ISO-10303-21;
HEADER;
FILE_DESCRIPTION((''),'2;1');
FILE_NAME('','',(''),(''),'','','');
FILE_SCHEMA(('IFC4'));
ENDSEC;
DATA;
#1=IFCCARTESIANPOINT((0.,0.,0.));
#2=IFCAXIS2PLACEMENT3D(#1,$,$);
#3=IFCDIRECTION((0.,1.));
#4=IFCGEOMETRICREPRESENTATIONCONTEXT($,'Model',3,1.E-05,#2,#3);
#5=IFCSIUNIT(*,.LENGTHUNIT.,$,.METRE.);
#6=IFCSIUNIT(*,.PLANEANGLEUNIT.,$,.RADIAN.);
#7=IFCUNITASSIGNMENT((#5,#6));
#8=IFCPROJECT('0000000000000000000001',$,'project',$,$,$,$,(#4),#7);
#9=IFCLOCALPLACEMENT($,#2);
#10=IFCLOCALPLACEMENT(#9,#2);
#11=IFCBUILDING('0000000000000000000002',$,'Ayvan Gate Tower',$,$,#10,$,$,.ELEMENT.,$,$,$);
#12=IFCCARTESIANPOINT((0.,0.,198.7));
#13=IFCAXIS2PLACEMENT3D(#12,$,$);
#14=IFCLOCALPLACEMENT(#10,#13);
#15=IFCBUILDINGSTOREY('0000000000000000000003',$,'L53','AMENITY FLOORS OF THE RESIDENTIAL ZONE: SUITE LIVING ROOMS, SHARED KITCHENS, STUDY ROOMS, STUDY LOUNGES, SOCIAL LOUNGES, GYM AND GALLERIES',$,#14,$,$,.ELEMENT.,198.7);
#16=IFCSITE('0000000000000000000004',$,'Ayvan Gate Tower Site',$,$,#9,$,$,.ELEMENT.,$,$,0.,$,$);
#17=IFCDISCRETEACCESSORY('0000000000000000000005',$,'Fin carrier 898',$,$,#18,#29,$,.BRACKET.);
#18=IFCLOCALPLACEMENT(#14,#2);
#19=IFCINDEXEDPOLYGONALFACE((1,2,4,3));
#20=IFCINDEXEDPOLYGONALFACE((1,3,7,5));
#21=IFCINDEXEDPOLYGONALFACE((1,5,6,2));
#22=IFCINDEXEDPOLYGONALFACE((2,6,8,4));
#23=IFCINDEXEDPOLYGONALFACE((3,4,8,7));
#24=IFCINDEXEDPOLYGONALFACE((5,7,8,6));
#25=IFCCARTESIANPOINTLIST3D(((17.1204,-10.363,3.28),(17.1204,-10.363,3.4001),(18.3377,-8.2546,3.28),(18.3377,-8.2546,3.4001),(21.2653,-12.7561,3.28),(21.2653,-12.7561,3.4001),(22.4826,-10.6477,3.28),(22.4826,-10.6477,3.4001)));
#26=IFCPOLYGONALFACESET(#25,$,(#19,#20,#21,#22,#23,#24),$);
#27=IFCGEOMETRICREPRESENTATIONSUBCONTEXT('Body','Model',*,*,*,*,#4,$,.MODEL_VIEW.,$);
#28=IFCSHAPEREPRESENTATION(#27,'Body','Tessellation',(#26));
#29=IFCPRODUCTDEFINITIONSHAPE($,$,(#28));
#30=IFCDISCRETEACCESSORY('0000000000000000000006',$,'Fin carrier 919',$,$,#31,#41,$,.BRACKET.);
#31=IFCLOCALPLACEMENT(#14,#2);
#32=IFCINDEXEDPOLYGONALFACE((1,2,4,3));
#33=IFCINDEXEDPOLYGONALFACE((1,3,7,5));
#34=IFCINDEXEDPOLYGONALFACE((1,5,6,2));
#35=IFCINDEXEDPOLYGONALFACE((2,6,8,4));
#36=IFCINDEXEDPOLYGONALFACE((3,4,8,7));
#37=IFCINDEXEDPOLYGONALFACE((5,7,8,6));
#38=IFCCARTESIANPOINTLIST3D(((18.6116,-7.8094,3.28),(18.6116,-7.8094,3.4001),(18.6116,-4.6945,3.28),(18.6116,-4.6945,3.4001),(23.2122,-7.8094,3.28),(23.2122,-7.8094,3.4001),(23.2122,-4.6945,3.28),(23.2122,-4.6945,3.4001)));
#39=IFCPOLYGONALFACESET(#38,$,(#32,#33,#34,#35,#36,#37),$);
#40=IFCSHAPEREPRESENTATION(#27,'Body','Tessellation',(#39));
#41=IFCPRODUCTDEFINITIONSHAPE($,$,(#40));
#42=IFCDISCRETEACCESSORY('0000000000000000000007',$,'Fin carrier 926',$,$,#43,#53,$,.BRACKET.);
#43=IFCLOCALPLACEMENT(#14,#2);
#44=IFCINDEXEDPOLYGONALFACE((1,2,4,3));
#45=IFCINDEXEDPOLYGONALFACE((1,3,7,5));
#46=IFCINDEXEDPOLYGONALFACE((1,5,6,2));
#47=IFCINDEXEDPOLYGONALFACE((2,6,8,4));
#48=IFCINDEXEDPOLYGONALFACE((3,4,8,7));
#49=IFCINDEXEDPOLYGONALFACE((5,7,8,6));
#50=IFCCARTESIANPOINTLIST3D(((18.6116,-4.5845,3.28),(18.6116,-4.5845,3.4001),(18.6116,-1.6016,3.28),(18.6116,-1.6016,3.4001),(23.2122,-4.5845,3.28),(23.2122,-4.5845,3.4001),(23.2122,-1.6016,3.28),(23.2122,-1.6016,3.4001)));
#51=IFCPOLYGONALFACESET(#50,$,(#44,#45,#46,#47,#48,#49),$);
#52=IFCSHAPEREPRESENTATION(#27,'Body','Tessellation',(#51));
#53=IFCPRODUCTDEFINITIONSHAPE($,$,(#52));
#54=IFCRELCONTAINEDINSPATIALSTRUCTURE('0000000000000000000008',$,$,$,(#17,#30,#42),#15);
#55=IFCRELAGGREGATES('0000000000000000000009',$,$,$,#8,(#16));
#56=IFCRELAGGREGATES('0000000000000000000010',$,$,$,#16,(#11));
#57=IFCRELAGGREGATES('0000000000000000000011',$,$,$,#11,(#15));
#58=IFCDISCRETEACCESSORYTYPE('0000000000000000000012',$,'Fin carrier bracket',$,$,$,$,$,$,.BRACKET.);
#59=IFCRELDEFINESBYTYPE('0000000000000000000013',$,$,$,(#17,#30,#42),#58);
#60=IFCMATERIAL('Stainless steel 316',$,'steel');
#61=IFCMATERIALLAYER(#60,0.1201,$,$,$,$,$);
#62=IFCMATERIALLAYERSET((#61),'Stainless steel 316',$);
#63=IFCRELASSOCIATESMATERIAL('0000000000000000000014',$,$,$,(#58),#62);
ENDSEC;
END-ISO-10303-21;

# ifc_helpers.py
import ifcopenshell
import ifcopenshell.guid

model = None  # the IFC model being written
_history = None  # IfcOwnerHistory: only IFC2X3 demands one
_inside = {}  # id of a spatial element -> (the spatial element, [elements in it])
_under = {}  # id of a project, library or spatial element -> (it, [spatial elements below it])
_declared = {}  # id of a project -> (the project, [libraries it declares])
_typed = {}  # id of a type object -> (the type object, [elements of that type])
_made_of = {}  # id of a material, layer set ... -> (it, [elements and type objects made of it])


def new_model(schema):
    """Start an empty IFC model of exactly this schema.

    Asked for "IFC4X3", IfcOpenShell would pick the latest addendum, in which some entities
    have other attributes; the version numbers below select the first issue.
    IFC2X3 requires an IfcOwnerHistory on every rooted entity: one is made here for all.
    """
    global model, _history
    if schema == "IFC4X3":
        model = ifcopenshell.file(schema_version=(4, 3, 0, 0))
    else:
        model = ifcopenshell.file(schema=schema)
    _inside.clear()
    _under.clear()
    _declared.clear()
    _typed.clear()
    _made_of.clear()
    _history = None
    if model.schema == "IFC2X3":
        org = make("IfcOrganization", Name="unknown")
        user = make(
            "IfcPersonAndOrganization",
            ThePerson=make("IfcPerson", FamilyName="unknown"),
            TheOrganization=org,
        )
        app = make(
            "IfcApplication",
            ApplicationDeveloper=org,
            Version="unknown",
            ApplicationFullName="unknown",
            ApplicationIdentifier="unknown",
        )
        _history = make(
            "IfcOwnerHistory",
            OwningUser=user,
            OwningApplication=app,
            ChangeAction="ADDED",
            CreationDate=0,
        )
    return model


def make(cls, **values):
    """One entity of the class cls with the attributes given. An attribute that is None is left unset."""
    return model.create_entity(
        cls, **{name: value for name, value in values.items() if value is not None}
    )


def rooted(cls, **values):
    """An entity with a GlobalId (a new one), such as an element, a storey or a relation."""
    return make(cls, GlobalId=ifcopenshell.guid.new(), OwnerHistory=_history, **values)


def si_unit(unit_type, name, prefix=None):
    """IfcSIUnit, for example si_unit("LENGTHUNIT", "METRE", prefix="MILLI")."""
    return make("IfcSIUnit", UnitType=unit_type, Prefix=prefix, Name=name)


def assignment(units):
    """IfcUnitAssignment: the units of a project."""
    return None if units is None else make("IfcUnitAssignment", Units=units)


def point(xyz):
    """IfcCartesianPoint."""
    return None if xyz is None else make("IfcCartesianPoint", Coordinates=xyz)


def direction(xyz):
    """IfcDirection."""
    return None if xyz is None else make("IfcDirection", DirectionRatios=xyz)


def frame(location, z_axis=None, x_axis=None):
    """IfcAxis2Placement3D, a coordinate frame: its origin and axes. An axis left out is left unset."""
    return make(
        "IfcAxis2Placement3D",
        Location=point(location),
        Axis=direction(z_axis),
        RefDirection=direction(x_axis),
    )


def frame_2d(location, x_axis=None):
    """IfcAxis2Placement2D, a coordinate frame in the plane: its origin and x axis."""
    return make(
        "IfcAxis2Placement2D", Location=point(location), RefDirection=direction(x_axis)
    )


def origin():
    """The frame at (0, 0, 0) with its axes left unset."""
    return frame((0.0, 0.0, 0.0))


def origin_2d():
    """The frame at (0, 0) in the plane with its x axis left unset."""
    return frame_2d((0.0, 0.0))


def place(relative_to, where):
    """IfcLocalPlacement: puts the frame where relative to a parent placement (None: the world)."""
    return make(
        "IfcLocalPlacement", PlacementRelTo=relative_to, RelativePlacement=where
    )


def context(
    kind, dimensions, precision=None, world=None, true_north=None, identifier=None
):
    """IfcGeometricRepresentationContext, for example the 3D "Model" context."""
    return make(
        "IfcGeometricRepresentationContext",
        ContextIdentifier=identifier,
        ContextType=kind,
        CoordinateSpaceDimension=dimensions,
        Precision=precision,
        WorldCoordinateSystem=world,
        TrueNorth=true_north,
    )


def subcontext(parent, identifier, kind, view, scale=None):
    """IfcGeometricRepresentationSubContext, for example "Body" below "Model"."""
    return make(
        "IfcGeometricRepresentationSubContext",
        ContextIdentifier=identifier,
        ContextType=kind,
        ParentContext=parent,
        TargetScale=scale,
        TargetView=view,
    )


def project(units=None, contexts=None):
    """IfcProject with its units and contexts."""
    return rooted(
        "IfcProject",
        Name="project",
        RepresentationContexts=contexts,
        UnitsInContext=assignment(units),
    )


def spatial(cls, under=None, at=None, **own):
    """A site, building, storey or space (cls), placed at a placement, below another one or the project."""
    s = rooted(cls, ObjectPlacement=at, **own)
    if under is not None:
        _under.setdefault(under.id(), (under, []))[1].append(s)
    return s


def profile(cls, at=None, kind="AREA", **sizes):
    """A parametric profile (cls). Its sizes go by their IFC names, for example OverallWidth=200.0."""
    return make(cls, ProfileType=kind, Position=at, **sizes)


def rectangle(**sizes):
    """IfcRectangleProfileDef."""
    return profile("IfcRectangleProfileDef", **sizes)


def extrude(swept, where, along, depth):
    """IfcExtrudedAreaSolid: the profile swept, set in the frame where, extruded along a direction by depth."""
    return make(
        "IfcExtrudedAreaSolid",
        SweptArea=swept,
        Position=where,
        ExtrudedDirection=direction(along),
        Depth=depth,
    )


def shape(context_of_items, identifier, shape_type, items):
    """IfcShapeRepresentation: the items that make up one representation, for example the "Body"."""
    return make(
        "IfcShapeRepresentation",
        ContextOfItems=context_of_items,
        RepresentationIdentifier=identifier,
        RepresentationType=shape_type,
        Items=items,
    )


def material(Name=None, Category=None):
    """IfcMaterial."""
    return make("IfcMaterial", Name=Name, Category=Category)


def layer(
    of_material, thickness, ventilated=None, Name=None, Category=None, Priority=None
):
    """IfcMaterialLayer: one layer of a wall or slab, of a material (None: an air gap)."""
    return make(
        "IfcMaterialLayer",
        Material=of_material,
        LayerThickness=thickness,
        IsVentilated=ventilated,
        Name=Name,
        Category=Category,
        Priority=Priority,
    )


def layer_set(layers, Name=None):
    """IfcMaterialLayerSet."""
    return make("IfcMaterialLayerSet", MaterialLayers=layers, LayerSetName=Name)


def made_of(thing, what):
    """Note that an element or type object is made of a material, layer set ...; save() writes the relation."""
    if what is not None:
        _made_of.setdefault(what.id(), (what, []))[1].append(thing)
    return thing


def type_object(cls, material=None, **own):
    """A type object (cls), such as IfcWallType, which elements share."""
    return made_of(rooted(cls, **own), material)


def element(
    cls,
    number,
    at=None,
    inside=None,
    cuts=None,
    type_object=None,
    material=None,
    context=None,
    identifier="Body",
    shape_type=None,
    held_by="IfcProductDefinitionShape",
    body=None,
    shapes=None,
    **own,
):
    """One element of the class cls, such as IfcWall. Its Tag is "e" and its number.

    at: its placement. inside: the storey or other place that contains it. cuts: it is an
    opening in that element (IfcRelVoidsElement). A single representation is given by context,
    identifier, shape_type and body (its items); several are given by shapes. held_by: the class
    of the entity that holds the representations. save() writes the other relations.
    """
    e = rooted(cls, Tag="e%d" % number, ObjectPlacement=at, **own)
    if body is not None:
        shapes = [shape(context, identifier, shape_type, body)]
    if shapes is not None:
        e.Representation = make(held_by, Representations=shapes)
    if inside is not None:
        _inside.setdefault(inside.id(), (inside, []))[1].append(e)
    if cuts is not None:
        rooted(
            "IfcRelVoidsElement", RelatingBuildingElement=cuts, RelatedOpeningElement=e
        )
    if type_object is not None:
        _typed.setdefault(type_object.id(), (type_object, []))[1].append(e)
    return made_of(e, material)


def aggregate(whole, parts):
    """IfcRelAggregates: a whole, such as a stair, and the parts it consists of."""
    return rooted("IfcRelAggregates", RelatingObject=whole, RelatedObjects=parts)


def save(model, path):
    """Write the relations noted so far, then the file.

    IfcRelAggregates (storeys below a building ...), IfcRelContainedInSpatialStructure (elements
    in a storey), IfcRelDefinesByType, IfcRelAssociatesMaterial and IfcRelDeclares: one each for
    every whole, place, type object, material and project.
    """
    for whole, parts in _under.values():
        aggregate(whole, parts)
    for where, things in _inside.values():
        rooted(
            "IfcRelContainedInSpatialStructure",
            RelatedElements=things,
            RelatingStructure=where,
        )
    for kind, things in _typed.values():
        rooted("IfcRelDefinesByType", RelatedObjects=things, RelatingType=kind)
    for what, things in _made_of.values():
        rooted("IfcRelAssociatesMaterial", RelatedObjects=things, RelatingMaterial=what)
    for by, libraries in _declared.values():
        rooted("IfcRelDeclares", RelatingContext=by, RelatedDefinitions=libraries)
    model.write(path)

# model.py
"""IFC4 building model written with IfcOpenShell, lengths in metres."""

from ifc_helpers import new_model, si_unit, direction, frame, origin, origin_2d, place, context, subcontext, project, spatial, rectangle, extrude, material, layer, layer_set, type_object, element, save


model = new_model("IFC4")

# Units and contexts
model_context = context("Model", 3, precision=1e-05, world=origin(), true_north=direction((0.0, 1.0)))
body_context = subcontext(model_context, "Body", "Model", "MODEL_VIEW")
ifc_project = project(units=[si_unit("LENGTHUNIT", "METRE"), si_unit("PLANEANGLEUNIT", "RADIAN")], contexts=[model_context])

# Site, building, storey
site_placement = place(None, origin())
site = spatial("IfcSite", under=ifc_project, at=site_placement, Name="Ayvan Gate Tower Site", CompositionType="ELEMENT", RefElevation=0.0)
building_placement = place(site_placement, origin())
building = spatial("IfcBuilding", under=site, at=building_placement, Name="Ayvan Gate Tower", CompositionType="ELEMENT")
storey_placement = place(building_placement, frame((0.0, 0.0, 198.7)))
storey = spatial("IfcBuildingStorey", under=building, at=storey_placement, Name="L53", Description="AMENITY FLOORS OF THE RESIDENTIAL ZONE: SUITE LIVING ROOMS, SHARED KITCHENS, STUDY ROOMS, STUDY LOUNGES, SOCIAL LOUNGES, GYM AND GALLERIES", CompositionType="ELEMENT", Elevation=198.7)

# Discrete accessories
ifc_material_1 = material(Name="Stainless steel 316", Category="steel")
ifc_layer_1 = layer(ifc_material_1, 0.1201)
ifc_layer_set_1 = layer_set([ifc_layer_1], Name="Stainless steel 316")
discrete_accessory_type = type_object("IfcDiscreteAccessoryType", Name="Fin carrier bracket", PredefinedType="BRACKET", material=ifc_layer_set_1)
discrete_accessory_1_placement = place(storey_placement, frame((19.8015, -10.5054, 3.28), z_axis=(0.0, 0.0, 1.0), x_axis=(0.5, 0.866025, 0.0)))
element("IfcDiscreteAccessory", 1, at=discrete_accessory_1_placement, inside=storey, type_object=discrete_accessory_type, Name="Fin carrier 898", PredefinedType="BRACKET", context=body_context, shape_type="SweptSolid", body=[
    extrude(rectangle(XDim=2.4346, YDim=4.7861, at=origin_2d()), origin(), (0.0, 0.0, 1.0), 0.1201),
])
discrete_accessory_2_placement = place(storey_placement, frame((20.9119, -6.252, 3.28), z_axis=(0.0, 0.0, 1.0), x_axis=(0.0, 1.0, 0.0)))
element("IfcDiscreteAccessory", 2, at=discrete_accessory_2_placement, inside=storey, type_object=discrete_accessory_type, Name="Fin carrier 919", PredefinedType="BRACKET", context=body_context, shape_type="SweptSolid", body=[
    extrude(rectangle(XDim=3.115, YDim=4.6006, at=origin_2d()), origin(), (0.0, 0.0, 1.0), 0.1201),
])
discrete_accessory_3_placement = place(storey_placement, frame((20.9119, -3.093, 3.28), z_axis=(0.0, 0.0, 1.0), x_axis=(0.0, 1.0, 0.0)))
element("IfcDiscreteAccessory", 3, at=discrete_accessory_3_placement, inside=storey, type_object=discrete_accessory_type, Name="Fin carrier 926", PredefinedType="BRACKET", context=body_context, shape_type="SweptSolid", body=[
    extrude(rectangle(XDim=2.9829, YDim=4.6006, at=origin_2d()), origin(), (0.0, 0.0, 1.0), 0.1201),
])

save(model, "model.ifc")
